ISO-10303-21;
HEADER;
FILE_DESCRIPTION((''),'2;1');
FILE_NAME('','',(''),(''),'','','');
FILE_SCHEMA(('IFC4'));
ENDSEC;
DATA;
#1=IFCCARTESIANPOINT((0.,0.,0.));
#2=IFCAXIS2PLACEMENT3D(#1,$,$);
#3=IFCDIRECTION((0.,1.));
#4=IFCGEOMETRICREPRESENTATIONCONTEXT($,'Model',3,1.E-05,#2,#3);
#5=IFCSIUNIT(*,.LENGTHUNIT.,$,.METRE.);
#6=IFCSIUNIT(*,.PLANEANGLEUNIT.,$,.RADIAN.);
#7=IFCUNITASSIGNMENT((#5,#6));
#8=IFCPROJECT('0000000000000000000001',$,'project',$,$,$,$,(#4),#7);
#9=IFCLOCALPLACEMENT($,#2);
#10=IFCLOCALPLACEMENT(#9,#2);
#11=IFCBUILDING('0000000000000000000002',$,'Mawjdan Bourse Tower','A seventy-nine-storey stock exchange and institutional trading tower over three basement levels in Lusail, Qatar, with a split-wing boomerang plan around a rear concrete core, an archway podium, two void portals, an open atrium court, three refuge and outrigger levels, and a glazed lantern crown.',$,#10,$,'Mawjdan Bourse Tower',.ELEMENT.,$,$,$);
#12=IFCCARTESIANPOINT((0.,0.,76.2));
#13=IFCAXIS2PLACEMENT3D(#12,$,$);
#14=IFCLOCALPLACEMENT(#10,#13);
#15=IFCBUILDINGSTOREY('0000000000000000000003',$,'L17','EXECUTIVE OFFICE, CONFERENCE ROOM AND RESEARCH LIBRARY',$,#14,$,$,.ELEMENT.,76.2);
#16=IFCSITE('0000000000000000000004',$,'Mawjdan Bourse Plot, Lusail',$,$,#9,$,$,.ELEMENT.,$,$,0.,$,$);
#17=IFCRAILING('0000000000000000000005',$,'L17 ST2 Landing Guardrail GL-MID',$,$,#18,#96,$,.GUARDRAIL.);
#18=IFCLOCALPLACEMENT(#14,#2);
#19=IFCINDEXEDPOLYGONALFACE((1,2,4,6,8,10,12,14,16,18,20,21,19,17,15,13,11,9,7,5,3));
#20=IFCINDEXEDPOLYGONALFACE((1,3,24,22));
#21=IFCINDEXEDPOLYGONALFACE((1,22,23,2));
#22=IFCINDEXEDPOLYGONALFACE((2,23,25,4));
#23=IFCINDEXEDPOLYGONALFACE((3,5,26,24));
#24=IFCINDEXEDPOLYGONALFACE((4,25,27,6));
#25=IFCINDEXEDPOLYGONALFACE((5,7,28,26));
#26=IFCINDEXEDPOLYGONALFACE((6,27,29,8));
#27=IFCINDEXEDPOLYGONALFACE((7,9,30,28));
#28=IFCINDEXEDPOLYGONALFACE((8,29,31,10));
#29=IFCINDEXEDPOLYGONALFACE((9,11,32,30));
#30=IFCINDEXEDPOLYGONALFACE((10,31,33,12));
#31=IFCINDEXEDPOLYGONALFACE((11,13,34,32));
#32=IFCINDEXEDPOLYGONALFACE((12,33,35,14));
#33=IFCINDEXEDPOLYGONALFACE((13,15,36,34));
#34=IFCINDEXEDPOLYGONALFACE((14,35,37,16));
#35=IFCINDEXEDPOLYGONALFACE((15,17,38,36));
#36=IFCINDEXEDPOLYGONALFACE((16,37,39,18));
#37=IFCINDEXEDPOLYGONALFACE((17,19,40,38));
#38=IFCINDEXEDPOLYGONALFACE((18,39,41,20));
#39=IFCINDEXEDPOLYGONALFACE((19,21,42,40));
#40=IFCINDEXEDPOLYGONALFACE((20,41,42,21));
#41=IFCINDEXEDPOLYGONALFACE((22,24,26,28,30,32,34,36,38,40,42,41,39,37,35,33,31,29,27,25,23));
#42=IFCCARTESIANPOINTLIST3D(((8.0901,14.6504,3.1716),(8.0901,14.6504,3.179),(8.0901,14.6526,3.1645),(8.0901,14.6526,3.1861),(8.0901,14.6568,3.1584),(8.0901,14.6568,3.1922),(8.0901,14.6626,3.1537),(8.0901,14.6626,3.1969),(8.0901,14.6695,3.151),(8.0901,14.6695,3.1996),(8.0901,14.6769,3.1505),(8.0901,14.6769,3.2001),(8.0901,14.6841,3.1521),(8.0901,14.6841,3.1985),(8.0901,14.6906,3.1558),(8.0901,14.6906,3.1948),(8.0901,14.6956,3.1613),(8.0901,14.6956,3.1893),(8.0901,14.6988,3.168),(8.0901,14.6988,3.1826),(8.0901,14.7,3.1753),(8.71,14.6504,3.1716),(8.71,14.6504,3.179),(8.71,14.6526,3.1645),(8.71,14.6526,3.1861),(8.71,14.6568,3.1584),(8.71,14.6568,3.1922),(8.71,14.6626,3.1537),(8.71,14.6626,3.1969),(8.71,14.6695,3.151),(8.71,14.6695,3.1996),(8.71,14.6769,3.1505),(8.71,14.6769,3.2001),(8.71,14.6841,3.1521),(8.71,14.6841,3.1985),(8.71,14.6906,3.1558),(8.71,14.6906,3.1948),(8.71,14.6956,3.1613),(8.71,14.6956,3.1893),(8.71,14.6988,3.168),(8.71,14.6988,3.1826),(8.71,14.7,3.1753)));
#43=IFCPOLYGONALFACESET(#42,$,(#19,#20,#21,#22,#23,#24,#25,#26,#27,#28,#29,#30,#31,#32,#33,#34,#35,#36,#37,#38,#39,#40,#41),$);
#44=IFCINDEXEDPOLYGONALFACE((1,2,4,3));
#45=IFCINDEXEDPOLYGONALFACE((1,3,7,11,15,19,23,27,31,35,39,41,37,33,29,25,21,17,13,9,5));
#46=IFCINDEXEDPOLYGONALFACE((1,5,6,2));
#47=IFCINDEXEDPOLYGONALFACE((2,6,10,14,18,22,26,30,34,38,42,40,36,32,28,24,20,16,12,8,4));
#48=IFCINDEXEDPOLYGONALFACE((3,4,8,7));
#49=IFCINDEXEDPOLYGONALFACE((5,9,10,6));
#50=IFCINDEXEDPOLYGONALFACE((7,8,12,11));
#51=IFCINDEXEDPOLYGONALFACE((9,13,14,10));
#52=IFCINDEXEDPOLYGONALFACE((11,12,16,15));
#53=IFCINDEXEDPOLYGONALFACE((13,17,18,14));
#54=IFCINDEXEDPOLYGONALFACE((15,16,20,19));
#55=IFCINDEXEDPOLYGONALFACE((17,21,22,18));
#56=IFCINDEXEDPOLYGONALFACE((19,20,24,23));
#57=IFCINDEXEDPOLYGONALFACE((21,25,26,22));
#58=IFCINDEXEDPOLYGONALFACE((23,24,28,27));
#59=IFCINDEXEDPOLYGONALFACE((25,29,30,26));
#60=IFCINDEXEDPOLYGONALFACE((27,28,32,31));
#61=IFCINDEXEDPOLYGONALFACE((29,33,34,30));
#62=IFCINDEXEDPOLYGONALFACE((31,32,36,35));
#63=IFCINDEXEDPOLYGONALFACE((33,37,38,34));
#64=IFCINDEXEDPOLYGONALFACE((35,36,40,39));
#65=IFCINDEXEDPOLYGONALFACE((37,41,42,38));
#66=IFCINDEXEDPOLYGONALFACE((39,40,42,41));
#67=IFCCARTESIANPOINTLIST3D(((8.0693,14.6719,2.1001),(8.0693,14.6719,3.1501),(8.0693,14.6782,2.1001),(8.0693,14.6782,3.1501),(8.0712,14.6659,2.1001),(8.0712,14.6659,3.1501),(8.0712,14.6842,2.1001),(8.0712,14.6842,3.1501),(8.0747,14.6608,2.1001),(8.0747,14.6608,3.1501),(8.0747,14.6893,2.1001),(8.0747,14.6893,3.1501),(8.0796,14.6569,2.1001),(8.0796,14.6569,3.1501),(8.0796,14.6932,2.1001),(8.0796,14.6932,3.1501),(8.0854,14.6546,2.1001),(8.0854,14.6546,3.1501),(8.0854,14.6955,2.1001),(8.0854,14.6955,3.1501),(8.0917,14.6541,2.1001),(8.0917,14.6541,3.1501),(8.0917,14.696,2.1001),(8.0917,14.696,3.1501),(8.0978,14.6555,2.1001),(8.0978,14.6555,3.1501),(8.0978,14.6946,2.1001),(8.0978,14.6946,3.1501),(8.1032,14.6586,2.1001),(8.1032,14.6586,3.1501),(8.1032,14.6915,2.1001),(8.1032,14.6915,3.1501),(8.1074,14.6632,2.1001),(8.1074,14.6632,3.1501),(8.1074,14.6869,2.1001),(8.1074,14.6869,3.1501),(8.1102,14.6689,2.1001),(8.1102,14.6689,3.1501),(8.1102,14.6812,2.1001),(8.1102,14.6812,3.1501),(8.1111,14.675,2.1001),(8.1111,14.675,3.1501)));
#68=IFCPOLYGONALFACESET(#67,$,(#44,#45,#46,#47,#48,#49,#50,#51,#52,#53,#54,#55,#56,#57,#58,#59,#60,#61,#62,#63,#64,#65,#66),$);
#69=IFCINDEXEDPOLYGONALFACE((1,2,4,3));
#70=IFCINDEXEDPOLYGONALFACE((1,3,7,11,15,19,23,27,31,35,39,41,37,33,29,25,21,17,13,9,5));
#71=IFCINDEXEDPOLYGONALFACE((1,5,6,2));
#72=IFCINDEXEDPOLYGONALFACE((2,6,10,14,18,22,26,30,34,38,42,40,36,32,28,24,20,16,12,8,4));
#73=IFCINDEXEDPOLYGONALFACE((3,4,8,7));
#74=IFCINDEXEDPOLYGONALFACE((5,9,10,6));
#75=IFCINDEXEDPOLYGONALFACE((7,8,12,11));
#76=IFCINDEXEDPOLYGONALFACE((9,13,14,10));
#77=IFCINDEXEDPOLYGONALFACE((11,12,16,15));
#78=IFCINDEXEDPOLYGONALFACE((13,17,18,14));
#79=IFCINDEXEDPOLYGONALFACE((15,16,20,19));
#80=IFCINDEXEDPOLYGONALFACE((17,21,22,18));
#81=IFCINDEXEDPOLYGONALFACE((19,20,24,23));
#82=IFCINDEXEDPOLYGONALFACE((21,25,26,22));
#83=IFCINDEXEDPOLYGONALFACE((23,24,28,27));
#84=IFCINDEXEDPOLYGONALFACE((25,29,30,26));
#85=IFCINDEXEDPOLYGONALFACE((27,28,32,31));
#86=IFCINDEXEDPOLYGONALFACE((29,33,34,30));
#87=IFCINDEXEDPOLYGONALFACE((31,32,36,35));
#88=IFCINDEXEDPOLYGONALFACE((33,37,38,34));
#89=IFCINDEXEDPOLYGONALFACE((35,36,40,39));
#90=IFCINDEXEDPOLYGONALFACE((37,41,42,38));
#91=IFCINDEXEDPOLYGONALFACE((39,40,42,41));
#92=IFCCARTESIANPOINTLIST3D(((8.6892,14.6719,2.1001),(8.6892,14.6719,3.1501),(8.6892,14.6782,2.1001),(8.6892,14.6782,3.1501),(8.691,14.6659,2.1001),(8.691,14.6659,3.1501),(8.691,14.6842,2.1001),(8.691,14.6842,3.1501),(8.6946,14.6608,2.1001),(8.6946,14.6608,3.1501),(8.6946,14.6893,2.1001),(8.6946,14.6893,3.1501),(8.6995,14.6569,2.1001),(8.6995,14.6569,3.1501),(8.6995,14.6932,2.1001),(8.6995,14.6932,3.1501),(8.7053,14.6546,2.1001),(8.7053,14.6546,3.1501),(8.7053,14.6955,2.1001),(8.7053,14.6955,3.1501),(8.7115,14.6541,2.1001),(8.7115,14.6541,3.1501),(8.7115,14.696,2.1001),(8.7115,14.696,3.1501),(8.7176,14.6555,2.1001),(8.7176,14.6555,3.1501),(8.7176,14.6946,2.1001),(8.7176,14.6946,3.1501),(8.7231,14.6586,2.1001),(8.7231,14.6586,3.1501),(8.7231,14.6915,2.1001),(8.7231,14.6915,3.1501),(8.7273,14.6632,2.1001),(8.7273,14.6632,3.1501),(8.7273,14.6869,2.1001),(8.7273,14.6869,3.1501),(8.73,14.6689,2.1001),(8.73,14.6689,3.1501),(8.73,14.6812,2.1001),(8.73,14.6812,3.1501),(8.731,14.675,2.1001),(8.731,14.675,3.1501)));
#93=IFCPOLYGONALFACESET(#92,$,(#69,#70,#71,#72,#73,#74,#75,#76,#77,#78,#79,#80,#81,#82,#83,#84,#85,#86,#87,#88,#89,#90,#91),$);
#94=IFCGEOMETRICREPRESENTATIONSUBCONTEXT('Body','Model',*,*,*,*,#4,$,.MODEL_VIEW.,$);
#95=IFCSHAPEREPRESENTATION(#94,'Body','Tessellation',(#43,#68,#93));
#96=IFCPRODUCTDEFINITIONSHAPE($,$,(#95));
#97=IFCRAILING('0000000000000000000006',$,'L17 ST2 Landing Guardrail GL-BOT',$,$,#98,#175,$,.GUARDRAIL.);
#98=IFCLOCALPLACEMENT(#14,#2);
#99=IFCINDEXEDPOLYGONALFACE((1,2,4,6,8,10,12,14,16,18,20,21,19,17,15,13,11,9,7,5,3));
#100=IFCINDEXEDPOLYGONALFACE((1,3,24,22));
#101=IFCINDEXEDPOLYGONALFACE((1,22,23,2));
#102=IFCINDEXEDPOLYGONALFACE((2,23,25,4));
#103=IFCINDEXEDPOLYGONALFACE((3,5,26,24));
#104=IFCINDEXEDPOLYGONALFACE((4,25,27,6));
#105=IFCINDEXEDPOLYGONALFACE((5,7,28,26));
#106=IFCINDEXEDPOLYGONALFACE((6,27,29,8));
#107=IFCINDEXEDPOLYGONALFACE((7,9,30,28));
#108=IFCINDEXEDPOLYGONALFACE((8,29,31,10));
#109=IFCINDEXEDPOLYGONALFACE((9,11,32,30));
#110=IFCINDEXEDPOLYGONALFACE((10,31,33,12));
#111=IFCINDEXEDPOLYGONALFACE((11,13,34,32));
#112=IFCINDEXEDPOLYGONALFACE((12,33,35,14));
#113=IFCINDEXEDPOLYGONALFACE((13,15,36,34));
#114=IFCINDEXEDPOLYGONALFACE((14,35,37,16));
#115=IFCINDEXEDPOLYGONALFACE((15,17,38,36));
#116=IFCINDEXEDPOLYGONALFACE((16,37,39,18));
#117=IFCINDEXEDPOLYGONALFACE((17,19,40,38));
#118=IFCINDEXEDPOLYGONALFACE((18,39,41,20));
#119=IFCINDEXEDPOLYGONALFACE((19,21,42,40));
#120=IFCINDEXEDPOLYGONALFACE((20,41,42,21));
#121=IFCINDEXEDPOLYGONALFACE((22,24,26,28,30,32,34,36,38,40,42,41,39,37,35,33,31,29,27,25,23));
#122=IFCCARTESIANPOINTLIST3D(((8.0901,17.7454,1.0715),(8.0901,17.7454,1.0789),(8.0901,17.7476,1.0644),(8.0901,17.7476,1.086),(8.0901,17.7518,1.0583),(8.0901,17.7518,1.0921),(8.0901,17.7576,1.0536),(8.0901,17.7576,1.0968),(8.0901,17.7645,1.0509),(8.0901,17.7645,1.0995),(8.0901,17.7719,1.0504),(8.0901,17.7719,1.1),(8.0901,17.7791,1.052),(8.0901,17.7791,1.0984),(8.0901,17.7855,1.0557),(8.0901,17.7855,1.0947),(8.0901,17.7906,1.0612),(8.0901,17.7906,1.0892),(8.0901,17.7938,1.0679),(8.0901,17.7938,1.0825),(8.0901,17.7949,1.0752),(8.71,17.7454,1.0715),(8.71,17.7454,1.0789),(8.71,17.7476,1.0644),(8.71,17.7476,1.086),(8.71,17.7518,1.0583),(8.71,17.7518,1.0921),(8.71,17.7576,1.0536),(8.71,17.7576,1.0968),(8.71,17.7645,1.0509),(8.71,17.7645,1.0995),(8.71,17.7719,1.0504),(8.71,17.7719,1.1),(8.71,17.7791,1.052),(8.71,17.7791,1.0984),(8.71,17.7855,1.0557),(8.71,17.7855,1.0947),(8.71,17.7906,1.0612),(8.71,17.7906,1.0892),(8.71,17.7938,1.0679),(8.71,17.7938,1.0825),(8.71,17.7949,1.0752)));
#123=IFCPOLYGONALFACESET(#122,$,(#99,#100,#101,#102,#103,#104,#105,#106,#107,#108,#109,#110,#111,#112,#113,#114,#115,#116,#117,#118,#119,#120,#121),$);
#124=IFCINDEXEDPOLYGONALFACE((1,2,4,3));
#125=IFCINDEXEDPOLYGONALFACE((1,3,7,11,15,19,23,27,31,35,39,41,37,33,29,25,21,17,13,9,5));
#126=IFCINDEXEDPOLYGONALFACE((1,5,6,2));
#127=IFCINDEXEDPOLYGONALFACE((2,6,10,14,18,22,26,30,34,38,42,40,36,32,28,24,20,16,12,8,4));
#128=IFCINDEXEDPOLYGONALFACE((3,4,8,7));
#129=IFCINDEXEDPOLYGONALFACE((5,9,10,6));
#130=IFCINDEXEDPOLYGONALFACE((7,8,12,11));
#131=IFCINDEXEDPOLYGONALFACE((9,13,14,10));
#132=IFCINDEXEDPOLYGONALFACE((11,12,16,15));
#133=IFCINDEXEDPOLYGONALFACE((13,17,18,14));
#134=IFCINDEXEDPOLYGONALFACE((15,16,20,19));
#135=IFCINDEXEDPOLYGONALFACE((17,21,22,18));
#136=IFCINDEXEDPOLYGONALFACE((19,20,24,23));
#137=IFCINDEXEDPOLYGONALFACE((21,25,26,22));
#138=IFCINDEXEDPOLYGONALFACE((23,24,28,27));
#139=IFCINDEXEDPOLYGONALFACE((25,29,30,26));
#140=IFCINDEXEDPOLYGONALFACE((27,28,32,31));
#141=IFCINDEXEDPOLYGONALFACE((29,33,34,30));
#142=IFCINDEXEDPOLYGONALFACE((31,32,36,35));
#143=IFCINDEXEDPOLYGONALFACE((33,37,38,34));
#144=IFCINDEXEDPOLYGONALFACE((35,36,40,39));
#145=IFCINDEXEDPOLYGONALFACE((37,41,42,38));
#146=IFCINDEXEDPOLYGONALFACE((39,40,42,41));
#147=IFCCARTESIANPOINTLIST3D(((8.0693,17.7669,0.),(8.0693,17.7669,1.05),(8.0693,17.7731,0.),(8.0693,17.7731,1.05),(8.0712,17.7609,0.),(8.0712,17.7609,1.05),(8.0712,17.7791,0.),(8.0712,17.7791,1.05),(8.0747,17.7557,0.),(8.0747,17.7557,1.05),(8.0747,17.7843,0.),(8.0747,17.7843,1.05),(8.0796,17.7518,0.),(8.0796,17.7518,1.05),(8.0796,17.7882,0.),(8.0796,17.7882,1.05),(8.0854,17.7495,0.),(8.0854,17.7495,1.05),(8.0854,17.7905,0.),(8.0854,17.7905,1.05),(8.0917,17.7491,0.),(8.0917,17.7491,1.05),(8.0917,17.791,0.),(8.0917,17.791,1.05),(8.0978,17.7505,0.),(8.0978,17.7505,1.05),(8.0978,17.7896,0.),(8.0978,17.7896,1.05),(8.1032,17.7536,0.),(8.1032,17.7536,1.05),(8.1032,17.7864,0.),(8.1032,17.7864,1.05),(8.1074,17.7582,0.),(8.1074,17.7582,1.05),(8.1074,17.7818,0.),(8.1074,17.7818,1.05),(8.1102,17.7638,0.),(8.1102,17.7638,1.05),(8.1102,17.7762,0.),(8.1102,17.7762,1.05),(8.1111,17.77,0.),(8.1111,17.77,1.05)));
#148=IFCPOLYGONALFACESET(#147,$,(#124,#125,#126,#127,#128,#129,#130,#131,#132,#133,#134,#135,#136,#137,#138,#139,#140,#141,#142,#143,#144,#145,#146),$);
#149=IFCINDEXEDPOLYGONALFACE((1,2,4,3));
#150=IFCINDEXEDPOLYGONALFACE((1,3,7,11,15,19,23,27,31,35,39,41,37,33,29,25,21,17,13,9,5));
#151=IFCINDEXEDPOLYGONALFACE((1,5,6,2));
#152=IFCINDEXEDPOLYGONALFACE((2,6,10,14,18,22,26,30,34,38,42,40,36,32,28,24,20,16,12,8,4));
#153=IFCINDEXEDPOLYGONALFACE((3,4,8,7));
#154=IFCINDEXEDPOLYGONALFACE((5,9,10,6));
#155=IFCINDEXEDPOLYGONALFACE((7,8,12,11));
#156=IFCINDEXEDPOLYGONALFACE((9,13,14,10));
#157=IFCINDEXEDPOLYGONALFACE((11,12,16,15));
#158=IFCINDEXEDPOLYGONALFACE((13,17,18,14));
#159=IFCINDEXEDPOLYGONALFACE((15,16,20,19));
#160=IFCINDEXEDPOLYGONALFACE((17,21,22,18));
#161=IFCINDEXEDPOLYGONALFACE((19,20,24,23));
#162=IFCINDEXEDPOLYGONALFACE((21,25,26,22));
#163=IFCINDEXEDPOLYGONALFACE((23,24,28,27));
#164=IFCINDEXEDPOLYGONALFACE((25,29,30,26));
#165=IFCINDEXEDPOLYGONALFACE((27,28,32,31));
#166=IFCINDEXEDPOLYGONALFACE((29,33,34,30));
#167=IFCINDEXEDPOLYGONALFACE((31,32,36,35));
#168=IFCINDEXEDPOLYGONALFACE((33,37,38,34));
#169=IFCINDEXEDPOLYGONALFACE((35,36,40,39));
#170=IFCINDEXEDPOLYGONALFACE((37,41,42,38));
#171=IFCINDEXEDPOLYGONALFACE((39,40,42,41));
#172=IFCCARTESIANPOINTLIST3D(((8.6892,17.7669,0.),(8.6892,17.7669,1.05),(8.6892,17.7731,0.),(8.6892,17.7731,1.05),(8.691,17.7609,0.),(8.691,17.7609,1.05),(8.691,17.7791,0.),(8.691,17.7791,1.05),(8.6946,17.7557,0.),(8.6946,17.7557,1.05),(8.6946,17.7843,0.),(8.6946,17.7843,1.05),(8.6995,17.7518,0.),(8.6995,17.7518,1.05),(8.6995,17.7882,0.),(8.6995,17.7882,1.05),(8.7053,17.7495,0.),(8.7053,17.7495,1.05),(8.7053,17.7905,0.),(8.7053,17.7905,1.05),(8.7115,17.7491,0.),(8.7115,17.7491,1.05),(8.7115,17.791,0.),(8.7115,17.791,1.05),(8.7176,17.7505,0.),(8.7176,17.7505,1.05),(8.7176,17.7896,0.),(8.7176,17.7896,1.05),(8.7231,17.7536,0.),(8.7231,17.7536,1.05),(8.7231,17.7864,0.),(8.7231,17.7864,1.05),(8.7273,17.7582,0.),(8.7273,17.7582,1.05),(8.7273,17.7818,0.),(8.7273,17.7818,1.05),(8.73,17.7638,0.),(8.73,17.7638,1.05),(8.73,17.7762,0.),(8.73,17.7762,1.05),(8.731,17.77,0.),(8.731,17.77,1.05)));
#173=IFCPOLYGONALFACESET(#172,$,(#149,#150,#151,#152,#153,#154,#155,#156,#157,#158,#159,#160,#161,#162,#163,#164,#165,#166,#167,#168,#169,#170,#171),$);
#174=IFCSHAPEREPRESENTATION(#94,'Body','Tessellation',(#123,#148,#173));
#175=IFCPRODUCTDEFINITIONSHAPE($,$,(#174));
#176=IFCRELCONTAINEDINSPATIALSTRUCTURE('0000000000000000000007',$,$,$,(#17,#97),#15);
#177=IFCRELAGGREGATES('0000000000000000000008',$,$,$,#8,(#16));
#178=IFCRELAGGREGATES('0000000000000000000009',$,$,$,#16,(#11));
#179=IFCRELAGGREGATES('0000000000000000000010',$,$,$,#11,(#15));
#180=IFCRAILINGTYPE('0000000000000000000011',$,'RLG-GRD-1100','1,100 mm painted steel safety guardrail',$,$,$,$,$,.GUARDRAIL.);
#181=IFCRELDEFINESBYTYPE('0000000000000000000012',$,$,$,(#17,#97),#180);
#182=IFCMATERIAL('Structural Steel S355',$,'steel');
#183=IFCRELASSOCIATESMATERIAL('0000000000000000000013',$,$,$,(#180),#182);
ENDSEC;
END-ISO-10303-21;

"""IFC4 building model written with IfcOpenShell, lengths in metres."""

from ifc_helpers import new_model, si_unit, direction, frame, origin, origin_2d, place, context, subcontext, project, spatial, circle, extrude, material, type_object, element, save


model = new_model("IFC4")

# Units and contexts
model_context = context("Model", 3, precision=1e-05, world=origin(), true_north=direction((0.0, 1.0)))
body_context = subcontext(model_context, "Body", "Model", "MODEL_VIEW")
ifc_project = project(units=[si_unit("LENGTHUNIT", "METRE"), si_unit("PLANEANGLEUNIT", "RADIAN")], contexts=[model_context])

# Site, building, storey
site_placement = place(None, origin())
site = spatial("IfcSite", under=ifc_project, at=site_placement, Name="Mawjdan Bourse Plot, Lusail", CompositionType="ELEMENT", RefElevation=0.0)
building_placement = place(site_placement, origin())
building = spatial("IfcBuilding", under=site, at=building_placement, Name="Mawjdan Bourse Tower", Description="A seventy-nine-storey stock exchange and institutional trading tower over three basement levels in Lusail, Qatar, with a split-wing boomerang plan around a rear concrete core, an archway podium, two void portals, an open atrium court, three refuge and outrigger levels, and a glazed lantern crown.", LongName="Mawjdan Bourse Tower", CompositionType="ELEMENT")
storey_placement = place(building_placement, frame((0.0, 0.0, 76.2)))
storey = spatial("IfcBuildingStorey", under=building, at=storey_placement, Name="L17", Description="EXECUTIVE OFFICE, CONFERENCE ROOM AND RESEARCH LIBRARY", CompositionType="ELEMENT", Elevation=76.2)

# Shared definitions
ifc_material_1 = material(Name="Structural Steel S355", Category="steel")

# Railings
railing_type_1 = type_object("IfcRailingType", Name="RLG-GRD-1100", Description="1,100 mm painted steel safety guardrail", PredefinedType="GUARDRAIL", material=ifc_material_1)
for number, where, name in (
    (1, (8.0901, 14.675, 2.1001), "L17 ST2 Landing Guardrail GL-MID"),
    (2, (8.0901, 17.77, 0.0), "L17 ST2 Landing Guardrail GL-BOT"),
):
    element("IfcRailing", number, at=place(storey_placement, frame(where)), inside=storey, type_object=railing_type_1, Name=name, PredefinedType="GUARDRAIL", context=body_context, shape_type="SweptSolid", body=[
        extrude(circle(Radius=0.0249, at=origin_2d()), frame((0.0, 0.0, 1.0752), z_axis=(1.0, 0.0, 0.0), x_axis=(0.0, 1.0, 0.0)), (0.0, 0.0, 1.0), 0.6199),
        extrude(circle(Radius=0.021, at=origin_2d()), origin(), (0.0, 0.0, 1.0), 1.05),
        extrude(circle(Radius=0.021, at=origin_2d()), frame((0.6199, 0.0, 0.0)), (0.0, 0.0, 1.0), 1.05),
    ])

save(model, "model.ifc")
